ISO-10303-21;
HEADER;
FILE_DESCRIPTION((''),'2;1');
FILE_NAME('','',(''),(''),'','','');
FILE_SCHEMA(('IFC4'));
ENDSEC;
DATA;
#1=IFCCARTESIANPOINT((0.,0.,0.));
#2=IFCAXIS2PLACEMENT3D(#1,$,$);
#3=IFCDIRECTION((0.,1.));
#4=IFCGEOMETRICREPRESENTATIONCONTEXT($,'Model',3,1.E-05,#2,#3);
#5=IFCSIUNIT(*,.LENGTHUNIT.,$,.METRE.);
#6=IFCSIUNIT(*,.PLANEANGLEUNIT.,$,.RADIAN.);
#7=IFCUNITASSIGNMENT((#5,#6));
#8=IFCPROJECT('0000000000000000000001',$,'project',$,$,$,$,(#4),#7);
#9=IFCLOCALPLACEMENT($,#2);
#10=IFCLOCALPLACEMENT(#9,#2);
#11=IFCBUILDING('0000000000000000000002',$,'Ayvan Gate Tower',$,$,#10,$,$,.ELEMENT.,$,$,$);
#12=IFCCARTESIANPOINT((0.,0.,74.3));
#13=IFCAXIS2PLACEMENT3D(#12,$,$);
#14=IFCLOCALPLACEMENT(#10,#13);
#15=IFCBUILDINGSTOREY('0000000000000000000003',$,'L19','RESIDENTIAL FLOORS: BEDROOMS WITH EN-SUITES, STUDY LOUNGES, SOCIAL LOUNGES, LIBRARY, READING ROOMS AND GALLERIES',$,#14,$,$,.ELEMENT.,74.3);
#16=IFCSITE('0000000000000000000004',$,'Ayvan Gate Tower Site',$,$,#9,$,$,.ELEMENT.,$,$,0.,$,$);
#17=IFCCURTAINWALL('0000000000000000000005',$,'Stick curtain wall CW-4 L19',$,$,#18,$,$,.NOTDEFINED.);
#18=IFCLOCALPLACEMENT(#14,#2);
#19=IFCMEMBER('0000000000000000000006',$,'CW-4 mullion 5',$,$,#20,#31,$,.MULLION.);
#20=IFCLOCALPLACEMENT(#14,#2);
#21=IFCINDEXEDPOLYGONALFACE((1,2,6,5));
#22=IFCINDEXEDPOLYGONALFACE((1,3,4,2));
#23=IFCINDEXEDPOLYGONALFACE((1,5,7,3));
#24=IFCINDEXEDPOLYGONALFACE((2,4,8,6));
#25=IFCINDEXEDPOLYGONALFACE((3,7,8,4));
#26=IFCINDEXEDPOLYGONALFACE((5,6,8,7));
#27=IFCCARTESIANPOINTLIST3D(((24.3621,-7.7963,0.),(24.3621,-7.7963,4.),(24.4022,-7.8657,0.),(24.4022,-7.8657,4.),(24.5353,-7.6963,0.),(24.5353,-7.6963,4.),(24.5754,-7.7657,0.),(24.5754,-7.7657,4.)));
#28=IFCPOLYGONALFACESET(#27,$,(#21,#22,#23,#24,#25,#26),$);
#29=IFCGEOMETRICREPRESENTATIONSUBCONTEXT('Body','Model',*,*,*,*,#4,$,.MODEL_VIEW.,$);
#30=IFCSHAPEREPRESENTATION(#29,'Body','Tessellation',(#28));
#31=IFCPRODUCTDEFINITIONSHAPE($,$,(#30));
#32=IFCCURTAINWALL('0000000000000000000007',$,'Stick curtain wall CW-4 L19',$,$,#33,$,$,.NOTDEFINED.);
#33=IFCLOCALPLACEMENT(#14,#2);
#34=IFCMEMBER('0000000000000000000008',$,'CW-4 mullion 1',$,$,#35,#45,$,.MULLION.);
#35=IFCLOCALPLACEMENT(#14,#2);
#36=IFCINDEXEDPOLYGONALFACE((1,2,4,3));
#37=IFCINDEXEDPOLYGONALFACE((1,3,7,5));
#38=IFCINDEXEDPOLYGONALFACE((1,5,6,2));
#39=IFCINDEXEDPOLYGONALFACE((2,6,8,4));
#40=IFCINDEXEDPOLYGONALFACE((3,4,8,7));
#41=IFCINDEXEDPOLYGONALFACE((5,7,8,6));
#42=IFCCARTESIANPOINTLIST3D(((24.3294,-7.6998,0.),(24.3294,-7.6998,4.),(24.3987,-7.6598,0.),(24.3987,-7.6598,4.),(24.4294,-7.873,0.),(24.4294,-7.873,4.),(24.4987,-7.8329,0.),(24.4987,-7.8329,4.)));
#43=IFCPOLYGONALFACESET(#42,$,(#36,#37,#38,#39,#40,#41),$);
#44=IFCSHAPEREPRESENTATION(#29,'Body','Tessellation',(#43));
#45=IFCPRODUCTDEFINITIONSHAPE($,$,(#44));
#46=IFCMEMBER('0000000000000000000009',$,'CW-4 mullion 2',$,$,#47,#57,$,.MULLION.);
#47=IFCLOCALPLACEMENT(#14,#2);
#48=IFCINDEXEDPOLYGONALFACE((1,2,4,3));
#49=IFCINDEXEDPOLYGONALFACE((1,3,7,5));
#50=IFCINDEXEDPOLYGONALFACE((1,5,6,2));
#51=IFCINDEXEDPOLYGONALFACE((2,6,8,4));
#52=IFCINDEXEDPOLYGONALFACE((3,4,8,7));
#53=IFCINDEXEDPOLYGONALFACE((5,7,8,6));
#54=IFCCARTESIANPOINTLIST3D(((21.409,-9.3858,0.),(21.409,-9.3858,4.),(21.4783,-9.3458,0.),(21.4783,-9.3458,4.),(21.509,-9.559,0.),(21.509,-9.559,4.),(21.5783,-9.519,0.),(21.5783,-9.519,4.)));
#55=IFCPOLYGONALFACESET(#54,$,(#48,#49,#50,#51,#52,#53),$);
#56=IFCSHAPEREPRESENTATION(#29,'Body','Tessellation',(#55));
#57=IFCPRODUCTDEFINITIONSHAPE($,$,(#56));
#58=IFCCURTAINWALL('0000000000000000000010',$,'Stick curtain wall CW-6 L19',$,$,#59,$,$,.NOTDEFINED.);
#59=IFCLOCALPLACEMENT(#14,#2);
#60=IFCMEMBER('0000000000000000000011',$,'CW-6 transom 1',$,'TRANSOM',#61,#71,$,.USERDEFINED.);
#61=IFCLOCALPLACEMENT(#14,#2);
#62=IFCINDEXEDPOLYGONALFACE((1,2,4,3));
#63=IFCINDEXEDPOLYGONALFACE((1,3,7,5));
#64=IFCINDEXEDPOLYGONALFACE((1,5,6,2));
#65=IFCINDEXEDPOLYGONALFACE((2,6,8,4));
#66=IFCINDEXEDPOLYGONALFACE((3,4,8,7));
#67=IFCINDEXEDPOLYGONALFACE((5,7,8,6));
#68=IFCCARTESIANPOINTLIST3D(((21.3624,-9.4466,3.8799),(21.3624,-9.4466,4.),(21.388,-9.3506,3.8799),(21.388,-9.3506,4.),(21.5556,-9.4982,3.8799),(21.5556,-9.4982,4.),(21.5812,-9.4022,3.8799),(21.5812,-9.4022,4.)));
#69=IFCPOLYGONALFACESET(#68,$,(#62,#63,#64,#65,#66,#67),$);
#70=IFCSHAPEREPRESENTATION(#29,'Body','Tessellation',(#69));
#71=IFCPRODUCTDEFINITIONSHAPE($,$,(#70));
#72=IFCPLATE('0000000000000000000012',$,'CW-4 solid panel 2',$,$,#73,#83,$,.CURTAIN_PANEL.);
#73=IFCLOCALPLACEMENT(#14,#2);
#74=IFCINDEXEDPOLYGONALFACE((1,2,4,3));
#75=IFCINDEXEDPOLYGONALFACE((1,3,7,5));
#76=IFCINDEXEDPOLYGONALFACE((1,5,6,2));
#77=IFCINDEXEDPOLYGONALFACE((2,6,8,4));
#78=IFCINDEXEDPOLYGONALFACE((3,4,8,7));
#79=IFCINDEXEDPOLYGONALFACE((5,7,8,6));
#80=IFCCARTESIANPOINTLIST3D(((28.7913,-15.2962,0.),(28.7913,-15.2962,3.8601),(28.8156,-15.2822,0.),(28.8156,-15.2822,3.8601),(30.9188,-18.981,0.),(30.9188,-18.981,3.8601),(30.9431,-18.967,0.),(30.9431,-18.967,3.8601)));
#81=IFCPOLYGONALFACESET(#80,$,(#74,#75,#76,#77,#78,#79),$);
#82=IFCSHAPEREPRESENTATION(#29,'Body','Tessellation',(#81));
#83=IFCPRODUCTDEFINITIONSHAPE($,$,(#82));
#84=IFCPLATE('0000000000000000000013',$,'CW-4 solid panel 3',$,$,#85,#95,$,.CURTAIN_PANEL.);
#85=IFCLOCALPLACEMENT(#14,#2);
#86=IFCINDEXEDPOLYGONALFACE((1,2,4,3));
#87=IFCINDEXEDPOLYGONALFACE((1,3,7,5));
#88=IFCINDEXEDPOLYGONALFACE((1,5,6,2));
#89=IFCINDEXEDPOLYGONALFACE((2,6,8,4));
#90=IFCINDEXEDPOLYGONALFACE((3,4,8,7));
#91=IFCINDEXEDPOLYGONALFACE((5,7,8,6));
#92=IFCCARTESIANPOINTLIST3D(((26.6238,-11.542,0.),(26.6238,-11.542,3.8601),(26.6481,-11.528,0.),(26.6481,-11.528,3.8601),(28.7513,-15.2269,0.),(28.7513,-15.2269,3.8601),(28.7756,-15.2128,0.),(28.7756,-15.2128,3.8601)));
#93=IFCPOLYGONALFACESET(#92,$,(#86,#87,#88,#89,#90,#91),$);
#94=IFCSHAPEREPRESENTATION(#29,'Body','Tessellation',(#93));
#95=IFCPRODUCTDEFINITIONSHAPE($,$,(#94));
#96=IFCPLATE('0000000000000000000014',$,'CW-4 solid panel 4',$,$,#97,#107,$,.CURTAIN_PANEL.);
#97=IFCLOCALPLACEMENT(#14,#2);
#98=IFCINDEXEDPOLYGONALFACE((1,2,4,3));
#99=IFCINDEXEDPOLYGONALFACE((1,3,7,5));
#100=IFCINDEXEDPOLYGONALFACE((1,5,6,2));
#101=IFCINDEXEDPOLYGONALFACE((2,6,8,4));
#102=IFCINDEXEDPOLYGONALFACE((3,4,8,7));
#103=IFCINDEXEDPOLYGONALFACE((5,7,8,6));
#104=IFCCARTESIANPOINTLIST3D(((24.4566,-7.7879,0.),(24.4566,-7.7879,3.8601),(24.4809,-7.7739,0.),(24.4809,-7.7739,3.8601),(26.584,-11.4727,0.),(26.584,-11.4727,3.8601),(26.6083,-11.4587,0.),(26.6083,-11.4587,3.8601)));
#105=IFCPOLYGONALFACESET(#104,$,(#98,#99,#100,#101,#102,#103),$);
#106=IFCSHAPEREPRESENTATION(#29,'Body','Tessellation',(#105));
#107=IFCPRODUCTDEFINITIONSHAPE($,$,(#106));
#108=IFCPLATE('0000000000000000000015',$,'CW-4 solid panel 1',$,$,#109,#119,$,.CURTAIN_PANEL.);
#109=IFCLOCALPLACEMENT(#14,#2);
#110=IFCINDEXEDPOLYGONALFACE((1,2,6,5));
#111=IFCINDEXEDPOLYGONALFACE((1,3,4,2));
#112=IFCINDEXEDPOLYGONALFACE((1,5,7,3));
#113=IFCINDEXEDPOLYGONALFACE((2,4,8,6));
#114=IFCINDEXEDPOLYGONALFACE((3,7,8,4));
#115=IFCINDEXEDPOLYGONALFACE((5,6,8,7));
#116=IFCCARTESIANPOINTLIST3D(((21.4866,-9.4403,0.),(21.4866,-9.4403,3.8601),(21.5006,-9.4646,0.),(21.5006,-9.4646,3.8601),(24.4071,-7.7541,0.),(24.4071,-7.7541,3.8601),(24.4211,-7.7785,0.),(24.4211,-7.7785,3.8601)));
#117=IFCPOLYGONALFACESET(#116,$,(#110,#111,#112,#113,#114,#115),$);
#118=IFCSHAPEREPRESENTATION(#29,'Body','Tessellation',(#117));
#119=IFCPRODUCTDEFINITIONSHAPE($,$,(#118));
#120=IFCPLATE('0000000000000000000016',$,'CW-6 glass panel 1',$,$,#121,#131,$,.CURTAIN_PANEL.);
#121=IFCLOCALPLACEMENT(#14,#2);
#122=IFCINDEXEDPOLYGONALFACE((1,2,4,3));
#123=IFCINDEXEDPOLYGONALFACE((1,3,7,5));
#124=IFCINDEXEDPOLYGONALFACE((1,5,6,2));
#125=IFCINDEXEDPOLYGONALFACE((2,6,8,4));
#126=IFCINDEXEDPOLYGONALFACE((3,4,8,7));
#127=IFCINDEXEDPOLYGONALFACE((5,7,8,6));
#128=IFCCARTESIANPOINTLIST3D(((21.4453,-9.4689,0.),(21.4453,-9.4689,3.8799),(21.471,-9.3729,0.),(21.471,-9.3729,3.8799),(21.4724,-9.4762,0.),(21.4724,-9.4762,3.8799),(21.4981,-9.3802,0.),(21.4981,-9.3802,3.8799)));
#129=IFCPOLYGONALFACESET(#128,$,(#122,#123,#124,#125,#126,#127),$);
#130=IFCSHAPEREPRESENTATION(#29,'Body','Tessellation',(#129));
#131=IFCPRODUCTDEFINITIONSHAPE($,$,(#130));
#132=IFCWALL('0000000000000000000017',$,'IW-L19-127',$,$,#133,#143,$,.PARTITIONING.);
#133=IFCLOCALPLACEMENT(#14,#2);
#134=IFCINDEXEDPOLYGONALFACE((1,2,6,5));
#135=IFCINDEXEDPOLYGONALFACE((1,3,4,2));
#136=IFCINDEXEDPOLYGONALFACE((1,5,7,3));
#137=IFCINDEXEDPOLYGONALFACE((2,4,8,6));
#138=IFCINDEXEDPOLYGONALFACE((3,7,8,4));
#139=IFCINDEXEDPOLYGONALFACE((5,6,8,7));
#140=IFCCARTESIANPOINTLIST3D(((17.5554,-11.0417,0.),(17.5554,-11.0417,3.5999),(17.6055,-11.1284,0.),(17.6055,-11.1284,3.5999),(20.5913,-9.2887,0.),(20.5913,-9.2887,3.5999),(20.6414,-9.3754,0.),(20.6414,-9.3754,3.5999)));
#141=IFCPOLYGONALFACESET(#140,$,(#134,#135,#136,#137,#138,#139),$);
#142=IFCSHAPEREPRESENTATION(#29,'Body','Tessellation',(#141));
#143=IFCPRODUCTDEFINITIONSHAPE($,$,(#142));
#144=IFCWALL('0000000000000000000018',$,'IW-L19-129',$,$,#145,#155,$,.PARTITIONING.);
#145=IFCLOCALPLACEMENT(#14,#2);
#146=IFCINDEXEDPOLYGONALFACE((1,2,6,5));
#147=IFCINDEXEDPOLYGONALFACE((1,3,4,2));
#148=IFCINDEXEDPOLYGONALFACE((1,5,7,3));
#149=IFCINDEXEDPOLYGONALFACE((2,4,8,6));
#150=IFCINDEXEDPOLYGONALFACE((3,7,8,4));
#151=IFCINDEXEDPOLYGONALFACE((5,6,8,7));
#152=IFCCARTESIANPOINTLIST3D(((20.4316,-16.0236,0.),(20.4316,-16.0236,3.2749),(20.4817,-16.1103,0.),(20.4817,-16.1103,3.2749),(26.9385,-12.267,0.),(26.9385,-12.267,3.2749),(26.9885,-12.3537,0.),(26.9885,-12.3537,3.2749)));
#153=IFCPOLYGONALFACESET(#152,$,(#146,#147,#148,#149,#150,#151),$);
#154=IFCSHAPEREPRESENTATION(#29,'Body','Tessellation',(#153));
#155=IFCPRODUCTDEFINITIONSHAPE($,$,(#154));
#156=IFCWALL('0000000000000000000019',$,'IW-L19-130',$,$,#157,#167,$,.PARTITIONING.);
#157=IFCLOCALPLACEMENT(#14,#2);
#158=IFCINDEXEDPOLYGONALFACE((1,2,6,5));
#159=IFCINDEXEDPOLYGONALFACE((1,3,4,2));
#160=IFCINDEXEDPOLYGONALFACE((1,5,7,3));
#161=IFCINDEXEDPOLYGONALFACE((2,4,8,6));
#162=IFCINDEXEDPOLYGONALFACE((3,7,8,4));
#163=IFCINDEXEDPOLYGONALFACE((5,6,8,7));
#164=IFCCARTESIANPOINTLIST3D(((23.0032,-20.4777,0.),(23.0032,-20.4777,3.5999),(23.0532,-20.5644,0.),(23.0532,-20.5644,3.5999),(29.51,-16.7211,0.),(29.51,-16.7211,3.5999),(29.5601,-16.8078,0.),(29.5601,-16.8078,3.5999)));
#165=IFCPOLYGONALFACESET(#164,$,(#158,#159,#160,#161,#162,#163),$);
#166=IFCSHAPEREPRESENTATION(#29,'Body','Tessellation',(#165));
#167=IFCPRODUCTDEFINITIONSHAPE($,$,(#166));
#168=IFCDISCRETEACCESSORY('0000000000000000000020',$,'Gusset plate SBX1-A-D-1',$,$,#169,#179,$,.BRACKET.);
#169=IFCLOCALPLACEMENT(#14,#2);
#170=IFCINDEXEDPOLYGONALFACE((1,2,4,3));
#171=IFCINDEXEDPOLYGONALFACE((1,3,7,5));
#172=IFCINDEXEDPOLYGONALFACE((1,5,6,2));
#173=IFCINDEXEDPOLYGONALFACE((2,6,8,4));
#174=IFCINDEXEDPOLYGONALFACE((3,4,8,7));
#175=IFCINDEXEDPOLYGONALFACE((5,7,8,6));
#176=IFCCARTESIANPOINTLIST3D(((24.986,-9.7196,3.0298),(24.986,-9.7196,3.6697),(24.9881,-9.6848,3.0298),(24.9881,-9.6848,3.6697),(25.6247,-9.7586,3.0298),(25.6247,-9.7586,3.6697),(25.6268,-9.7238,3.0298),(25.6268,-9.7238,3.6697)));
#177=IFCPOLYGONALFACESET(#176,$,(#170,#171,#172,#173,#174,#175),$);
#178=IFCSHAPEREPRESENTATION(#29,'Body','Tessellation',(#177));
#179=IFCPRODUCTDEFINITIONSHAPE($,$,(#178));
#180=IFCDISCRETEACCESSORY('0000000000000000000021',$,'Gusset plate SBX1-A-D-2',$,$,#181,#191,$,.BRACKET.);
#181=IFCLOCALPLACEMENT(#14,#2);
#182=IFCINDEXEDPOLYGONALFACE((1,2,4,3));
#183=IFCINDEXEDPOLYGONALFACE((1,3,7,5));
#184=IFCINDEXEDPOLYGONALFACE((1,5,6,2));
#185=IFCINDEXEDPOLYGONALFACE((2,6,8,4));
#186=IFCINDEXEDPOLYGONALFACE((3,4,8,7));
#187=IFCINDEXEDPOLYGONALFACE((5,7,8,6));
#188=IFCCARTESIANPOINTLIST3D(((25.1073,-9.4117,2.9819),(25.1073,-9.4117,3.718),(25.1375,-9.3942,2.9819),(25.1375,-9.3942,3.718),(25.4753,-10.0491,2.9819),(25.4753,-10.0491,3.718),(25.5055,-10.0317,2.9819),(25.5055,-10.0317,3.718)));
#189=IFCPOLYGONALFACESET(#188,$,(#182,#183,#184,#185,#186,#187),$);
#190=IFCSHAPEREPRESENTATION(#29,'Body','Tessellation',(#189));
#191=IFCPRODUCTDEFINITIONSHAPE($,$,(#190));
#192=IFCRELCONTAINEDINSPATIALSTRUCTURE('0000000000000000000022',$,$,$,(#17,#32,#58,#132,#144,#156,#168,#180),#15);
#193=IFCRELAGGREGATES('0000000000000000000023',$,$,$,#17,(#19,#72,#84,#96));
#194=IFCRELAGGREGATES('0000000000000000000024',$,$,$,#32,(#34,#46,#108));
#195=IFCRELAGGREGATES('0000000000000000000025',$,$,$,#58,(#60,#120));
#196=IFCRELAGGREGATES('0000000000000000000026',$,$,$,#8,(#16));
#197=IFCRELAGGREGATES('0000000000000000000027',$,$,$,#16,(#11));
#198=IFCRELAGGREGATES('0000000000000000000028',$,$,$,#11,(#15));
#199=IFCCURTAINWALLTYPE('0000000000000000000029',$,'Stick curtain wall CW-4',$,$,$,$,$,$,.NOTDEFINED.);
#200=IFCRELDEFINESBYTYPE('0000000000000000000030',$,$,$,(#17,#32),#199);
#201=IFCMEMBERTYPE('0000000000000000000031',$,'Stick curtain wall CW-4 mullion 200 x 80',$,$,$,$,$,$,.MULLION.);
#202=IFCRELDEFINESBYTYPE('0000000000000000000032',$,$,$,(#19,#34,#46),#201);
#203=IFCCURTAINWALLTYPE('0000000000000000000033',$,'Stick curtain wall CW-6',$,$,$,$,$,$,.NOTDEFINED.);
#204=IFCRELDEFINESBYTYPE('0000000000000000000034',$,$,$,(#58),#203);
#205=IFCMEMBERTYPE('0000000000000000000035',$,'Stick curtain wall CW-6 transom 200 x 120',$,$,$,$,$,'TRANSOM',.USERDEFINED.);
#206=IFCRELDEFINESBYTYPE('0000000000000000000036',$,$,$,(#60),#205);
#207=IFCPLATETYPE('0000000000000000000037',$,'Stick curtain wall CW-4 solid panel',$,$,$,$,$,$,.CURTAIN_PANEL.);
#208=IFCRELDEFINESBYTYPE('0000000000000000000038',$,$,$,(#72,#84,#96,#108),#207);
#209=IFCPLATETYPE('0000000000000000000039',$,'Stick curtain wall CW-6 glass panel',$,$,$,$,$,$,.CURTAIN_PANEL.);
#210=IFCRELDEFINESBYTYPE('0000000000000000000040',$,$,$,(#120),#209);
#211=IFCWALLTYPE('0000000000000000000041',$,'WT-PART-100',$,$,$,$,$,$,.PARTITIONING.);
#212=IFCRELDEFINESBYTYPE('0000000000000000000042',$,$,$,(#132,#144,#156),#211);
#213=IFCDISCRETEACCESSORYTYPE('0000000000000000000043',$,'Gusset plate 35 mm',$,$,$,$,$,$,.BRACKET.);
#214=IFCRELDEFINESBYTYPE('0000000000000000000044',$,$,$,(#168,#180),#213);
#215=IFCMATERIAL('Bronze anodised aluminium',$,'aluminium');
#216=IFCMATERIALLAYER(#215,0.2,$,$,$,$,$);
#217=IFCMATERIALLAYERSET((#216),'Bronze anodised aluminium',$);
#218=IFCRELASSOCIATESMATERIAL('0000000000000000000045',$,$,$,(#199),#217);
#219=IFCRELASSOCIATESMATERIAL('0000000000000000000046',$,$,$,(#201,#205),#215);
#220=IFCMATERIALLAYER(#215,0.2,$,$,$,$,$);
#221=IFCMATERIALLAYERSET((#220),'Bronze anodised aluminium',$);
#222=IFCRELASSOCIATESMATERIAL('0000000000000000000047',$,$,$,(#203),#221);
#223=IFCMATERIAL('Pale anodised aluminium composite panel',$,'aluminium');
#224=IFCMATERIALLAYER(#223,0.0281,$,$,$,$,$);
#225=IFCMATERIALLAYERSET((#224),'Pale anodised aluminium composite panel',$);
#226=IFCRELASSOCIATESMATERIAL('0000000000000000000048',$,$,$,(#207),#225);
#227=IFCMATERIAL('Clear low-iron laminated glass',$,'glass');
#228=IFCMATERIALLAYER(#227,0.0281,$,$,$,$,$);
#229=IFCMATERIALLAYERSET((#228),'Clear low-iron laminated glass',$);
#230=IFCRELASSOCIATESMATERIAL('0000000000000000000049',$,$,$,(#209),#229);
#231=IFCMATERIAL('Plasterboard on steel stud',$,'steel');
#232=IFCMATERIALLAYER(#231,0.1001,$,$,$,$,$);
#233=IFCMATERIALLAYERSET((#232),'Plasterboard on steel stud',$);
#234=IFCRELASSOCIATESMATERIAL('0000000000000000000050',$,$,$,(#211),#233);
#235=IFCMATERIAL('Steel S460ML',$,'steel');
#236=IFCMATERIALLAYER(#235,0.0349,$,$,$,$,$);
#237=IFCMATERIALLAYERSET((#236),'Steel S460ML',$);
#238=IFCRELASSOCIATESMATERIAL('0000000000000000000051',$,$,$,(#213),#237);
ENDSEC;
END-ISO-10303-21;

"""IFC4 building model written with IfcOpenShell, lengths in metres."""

from ifc_helpers import new_model, si_unit, direction, frame, frame_2d, origin, origin_2d, place, context, subcontext, project, spatial, rectangle, extrude, material, layer, layer_set, material_profile, profile_set, type_object, element, aggregate, save


model = new_model("IFC4")

# Units and contexts
model_context = context("Model", 3, precision=1e-05, world=origin(), true_north=direction((0.0, 1.0)))
body_context = subcontext(model_context, "Body", "Model", "MODEL_VIEW")
ifc_project = project(units=[si_unit("LENGTHUNIT", "METRE"), si_unit("PLANEANGLEUNIT", "RADIAN")], contexts=[model_context])

# Site, building, storey
site_placement = place(None, origin())
site = spatial("IfcSite", under=ifc_project, at=site_placement, Name="Ayvan Gate Tower Site", CompositionType="ELEMENT", RefElevation=0.0)
building_placement = place(site_placement, origin())
building = spatial("IfcBuilding", under=site, at=building_placement, Name="Ayvan Gate Tower", CompositionType="ELEMENT")
storey_placement = place(building_placement, frame((0.0, 0.0, 74.3)))
storey = spatial("IfcBuildingStorey", under=building, at=storey_placement, Name="L19", Description="RESIDENTIAL FLOORS: BEDROOMS WITH EN-SUITES, STUDY LOUNGES, SOCIAL LOUNGES, LIBRARY, READING ROOMS AND GALLERIES", CompositionType="ELEMENT", Elevation=74.3)

# Shared definitions
ifc_material_1 = material(Name="Steel S460ML", Category="steel")

# Shared definitions
ifc_material_2 = material(Name="Bronze anodised aluminium", Category="aluminium")

# Curtain walls, members
ifc_layer_1 = layer(ifc_material_2, 0.2)
ifc_layer_set_1 = layer_set([ifc_layer_1], Name="Bronze anodised aluminium")
curtain_wall_type_1 = type_object("IfcCurtainWallType", Name="Stick curtain wall CW-4", PredefinedType="NOTDEFINED", material=ifc_layer_set_1)
curtain_wall_1_placement = place(storey_placement, origin())
curtain_wall_1 = element("IfcCurtainWall", 1, at=curtain_wall_1_placement, inside=storey, type_object=curtain_wall_type_1, Name="Stick curtain wall CW-4 L19", PredefinedType="NOTDEFINED")
ifc_material_profile_1 = material_profile(ifc_material_2, rectangle(XDim=0.2, YDim=0.0801, at=origin_2d()), Name="Stick curtain wall CW-4 mullion 200 x 80")
ifc_profile_set_1 = profile_set([ifc_material_profile_1], Name="Bronze anodised aluminium")
member_type_1 = type_object("IfcMemberType", Name="Stick curtain wall CW-4 mullion 200 x 80", PredefinedType="MULLION", material=ifc_profile_set_1)
member_1_placement = place(storey_placement, frame((24.4688, -7.781, 0.0), z_axis=(0.0, 0.0, 1.0), x_axis=(0.866025, 0.5, 0.0)))
member_1 = element("IfcMember", 2, at=member_1_placement, type_object=member_type_1, Name="CW-4 mullion 5", PredefinedType="MULLION", context=body_context, shape_type="SweptSolid", body=[
    extrude(rectangle(XDim=0.2, YDim=0.0801, at=origin_2d()), origin(), (0.0, 0.0, 1.0), 4.0),
])
curtain_wall_2_placement = place(storey_placement, origin())
curtain_wall_2 = element("IfcCurtainWall", 3, at=curtain_wall_2_placement, inside=storey, type_object=curtain_wall_type_1, Name="Stick curtain wall CW-4 L19", PredefinedType="NOTDEFINED")
member_2_placement = place(storey_placement, frame((24.4141, -7.7664, 0.0), z_axis=(0.0, 0.0, 1.0), x_axis=(-0.5, 0.866025, 0.0)))
member_2 = element("IfcMember", 4, at=member_2_placement, type_object=member_type_1, Name="CW-4 mullion 1", PredefinedType="MULLION", context=body_context, shape_type="SweptSolid", body=[
    extrude(rectangle(XDim=0.2, YDim=0.0801, at=origin_2d()), origin(), (0.0, 0.0, 1.0), 4.0),
])
member_3_placement = place(storey_placement, frame((21.4937, -9.4524, 0.0), z_axis=(0.0, 0.0, 1.0), x_axis=(-0.5, 0.866025, 0.0)))
member_3 = element("IfcMember", 5, at=member_3_placement, type_object=member_type_1, Name="CW-4 mullion 2", PredefinedType="MULLION", context=body_context, shape_type="SweptSolid", body=[
    extrude(rectangle(XDim=0.2, YDim=0.0801, at=origin_2d()), origin(), (0.0, 0.0, 1.0), 4.0),
])

# Curtain wall, member
ifc_layer_2 = layer(ifc_material_2, 0.2)
ifc_layer_set_2 = layer_set([ifc_layer_2], Name="Bronze anodised aluminium")
curtain_wall_type_2 = type_object("IfcCurtainWallType", Name="Stick curtain wall CW-6", PredefinedType="NOTDEFINED", material=ifc_layer_set_2)
curtain_wall_3_placement = place(storey_placement, origin())
curtain_wall_3 = element("IfcCurtainWall", 6, at=curtain_wall_3_placement, inside=storey, type_object=curtain_wall_type_2, Name="Stick curtain wall CW-6 L19", PredefinedType="NOTDEFINED")
ifc_material_profile_2 = material_profile(ifc_material_2, rectangle(XDim=0.2, YDim=0.1201, at=origin_2d()), Name="Stick curtain wall CW-6 transom 200 x 120")
ifc_profile_set_2 = profile_set([ifc_material_profile_2], Name="Bronze anodised aluminium")
member_type_2 = type_object("IfcMemberType", Name="Stick curtain wall CW-6 transom 200 x 120", ElementType="TRANSOM", PredefinedType="USERDEFINED", material=ifc_profile_set_2)
member_4_placement = place(storey_placement, frame((21.459, -9.4724, 3.9399), z_axis=(0.258122, 0.966112, 0.0), x_axis=(-0.966112, 0.258122, 0.0)))
member_4 = element("IfcMember", 7, at=member_4_placement, type_object=member_type_2, Name="CW-6 transom 1", ObjectType="TRANSOM", PredefinedType="USERDEFINED", context=body_context, shape_type="SweptSolid", body=[
    extrude(rectangle(XDim=0.2, YDim=0.1201, at=origin_2d()), origin(), (0.0, 0.0, 1.0), 0.0994),
])

# Plates
ifc_material_3 = material(Name="Pale anodised aluminium composite panel", Category="aluminium")
ifc_layer_3 = layer(ifc_material_3, 0.0281)
ifc_layer_set_3 = layer_set([ifc_layer_3], Name="Pale anodised aluminium composite panel")
plate_type_1 = type_object("IfcPlateType", Name="Stick curtain wall CW-4 solid panel", PredefinedType="CURTAIN_PANEL", material=ifc_layer_set_3)
plate_1_placement = place(storey_placement, frame((29.8672, -17.1316, 0.0), z_axis=(0.0, 0.0, 1.0), x_axis=(-0.5, 0.866025, 0.0)))
plate_1 = element("IfcPlate", 8, at=plate_1_placement, type_object=plate_type_1, Name="CW-4 solid panel 2", PredefinedType="CURTAIN_PANEL", context=body_context, shape_type="SweptSolid", body=[
    extrude(rectangle(XDim=4.2549, YDim=0.0281, at=origin_2d()), origin(), (0.0, 0.0, 1.0), 3.8601),
])
plate_2_placement = place(storey_placement, frame((27.6997, -13.3774, 0.0), z_axis=(0.0, 0.0, 1.0), x_axis=(-0.5, 0.866025, 0.0)))
plate_2 = element("IfcPlate", 9, at=plate_2_placement, type_object=plate_type_1, Name="CW-4 solid panel 3", PredefinedType="CURTAIN_PANEL", context=body_context, shape_type="SweptSolid", body=[
    extrude(rectangle(XDim=4.2549, YDim=0.0281, at=origin_2d()), origin(), (0.0, 0.0, 1.0), 3.8601),
])
plate_3_placement = place(storey_placement, frame((25.5325, -9.6233, 0.0), z_axis=(0.0, 0.0, 1.0), x_axis=(-0.5, 0.866025, 0.0)))
plate_3 = element("IfcPlate", 10, at=plate_3_placement, type_object=plate_type_1, Name="CW-4 solid panel 4", PredefinedType="CURTAIN_PANEL", context=body_context, shape_type="SweptSolid", body=[
    extrude(rectangle(XDim=4.2549, YDim=0.0281, at=origin_2d()), origin(), (0.0, 0.0, 1.0), 3.8601),
])
aggregate(curtain_wall_1, [member_1, plate_1, plate_2, plate_3])
plate_4_placement = place(storey_placement, frame((22.9539, -8.6094, 0.0), z_axis=(0.0, 0.0, 1.0), x_axis=(-0.866025, -0.5, 0.0)))
plate_4 = element("IfcPlate", 11, at=plate_4_placement, type_object=plate_type_1, Name="CW-4 solid panel 1", PredefinedType="CURTAIN_PANEL", context=body_context, shape_type="SweptSolid", body=[
    extrude(rectangle(XDim=3.3723, YDim=0.0281, at=origin_2d()), origin(), (0.0, 0.0, 1.0), 3.8601),
])
aggregate(curtain_wall_2, [member_2, member_3, plate_4])
ifc_material_4 = material(Name="Clear low-iron laminated glass", Category="glass")
ifc_layer_4 = layer(ifc_material_4, 0.0281)
ifc_layer_set_4 = layer_set([ifc_layer_4], Name="Clear low-iron laminated glass")
plate_type_2 = type_object("IfcPlateType", Name="Stick curtain wall CW-6 glass panel", PredefinedType="CURTAIN_PANEL", material=ifc_layer_set_4)
plate_5_placement = place(storey_placement, frame((21.4717, -9.4246, 0.0), z_axis=(0.0, 0.0, 1.0), x_axis=(0.258819, 0.965926, 0.0)))
plate_5 = element("IfcPlate", 12, at=plate_5_placement, type_object=plate_type_2, Name="CW-6 glass panel 1", PredefinedType="CURTAIN_PANEL", context=body_context, shape_type="SweptSolid", body=[
    extrude(rectangle(XDim=0.0994, YDim=0.0281, at=origin_2d()), origin(), (0.0, 0.0, 1.0), 3.8799),
])
aggregate(curtain_wall_3, [member_4, plate_5])

# Walls
ifc_material_5 = material(Name="Plasterboard on steel stud", Category="steel")
ifc_layer_5 = layer(ifc_material_5, 0.1001)
ifc_layer_set_5 = layer_set([ifc_layer_5], Name="Plasterboard on steel stud")
wall_type = type_object("IfcWallType", Name="WT-PART-100", PredefinedType="PARTITIONING", material=ifc_layer_set_5)
wall_1_placement = place(storey_placement, frame((20.6165, -9.332, 0.0), z_axis=(0.0, 0.0, 1.0), x_axis=(-0.866006, -0.500034, 0.0)))
element("IfcWall", 13, at=wall_1_placement, inside=storey, type_object=wall_type, Name="IW-L19-127", PredefinedType="PARTITIONING", context=body_context, shape_type="SweptSolid", body=[
    extrude(rectangle(XDim=3.5056, YDim=0.1001, at=frame_2d((1.7529, 0.0))), origin(), (0.0, 0.0, 1.0), 3.5999),
])
wall_2_placement = place(storey_placement, frame((26.9636, -12.3103, 0.0), z_axis=(0.0, 0.0, 1.0), x_axis=(-0.866033, -0.499987, 0.0)))
element("IfcWall", 14, at=wall_2_placement, inside=storey, type_object=wall_type, Name="IW-L19-129", PredefinedType="PARTITIONING", context=body_context, shape_type="SweptSolid", body=[
    extrude(rectangle(XDim=7.5134, YDim=0.1001, at=frame_2d((3.7568, 0.0))), origin(), (0.0, 0.0, 1.0), 3.2749),
])
wall_3_placement = place(storey_placement, frame((29.5352, -16.7644, 0.0), z_axis=(0.0, 0.0, 1.0), x_axis=(-0.866033, -0.499987, 0.0)))
element("IfcWall", 15, at=wall_3_placement, inside=storey, type_object=wall_type, Name="IW-L19-130", PredefinedType="PARTITIONING", context=body_context, shape_type="SweptSolid", body=[
    extrude(rectangle(XDim=7.5134, YDim=0.1001, at=frame_2d((3.7568, 0.0))), origin(), (0.0, 0.0, 1.0), 3.5999),
])

# Discrete accessories
ifc_layer_6 = layer(ifc_material_1, 0.0349)
ifc_layer_set_6 = layer_set([ifc_layer_6], Name="Steel S460ML")
discrete_accessory_type = type_object("IfcDiscreteAccessoryType", Name="Gusset plate 35 mm", PredefinedType="BRACKET", material=ifc_layer_set_6)
discrete_accessory_1_placement = place(storey_placement, frame((25.3064, -9.7217, 3.0298), z_axis=(0.0, 0.0, 1.0), x_axis=(-0.99814, 0.060961, 0.0)))
element("IfcDiscreteAccessory", 16, at=discrete_accessory_1_placement, inside=storey, type_object=discrete_accessory_type, Name="Gusset plate SBX1-A-D-1", PredefinedType="BRACKET", context=body_context, shape_type="SweptSolid", body=[
    extrude(rectangle(XDim=0.6399, YDim=0.0349, at=origin_2d()), origin(), (0.0, 0.0, 1.0), 0.6399),
])
discrete_accessory_2_placement = place(storey_placement, frame((25.3064, -9.7217, 2.9819), z_axis=(0.0, 0.0, 1.0), x_axis=(-0.5, 0.866025, 0.0)))
element("IfcDiscreteAccessory", 17, at=discrete_accessory_2_placement, inside=storey, type_object=discrete_accessory_type, Name="Gusset plate SBX1-A-D-2", PredefinedType="BRACKET", context=body_context, shape_type="SweptSolid", body=[
    extrude(rectangle(XDim=0.7361, YDim=0.0349, at=origin_2d()), origin(), (0.0, 0.0, 1.0), 0.7361),
])

save(model, "model.ifc")
